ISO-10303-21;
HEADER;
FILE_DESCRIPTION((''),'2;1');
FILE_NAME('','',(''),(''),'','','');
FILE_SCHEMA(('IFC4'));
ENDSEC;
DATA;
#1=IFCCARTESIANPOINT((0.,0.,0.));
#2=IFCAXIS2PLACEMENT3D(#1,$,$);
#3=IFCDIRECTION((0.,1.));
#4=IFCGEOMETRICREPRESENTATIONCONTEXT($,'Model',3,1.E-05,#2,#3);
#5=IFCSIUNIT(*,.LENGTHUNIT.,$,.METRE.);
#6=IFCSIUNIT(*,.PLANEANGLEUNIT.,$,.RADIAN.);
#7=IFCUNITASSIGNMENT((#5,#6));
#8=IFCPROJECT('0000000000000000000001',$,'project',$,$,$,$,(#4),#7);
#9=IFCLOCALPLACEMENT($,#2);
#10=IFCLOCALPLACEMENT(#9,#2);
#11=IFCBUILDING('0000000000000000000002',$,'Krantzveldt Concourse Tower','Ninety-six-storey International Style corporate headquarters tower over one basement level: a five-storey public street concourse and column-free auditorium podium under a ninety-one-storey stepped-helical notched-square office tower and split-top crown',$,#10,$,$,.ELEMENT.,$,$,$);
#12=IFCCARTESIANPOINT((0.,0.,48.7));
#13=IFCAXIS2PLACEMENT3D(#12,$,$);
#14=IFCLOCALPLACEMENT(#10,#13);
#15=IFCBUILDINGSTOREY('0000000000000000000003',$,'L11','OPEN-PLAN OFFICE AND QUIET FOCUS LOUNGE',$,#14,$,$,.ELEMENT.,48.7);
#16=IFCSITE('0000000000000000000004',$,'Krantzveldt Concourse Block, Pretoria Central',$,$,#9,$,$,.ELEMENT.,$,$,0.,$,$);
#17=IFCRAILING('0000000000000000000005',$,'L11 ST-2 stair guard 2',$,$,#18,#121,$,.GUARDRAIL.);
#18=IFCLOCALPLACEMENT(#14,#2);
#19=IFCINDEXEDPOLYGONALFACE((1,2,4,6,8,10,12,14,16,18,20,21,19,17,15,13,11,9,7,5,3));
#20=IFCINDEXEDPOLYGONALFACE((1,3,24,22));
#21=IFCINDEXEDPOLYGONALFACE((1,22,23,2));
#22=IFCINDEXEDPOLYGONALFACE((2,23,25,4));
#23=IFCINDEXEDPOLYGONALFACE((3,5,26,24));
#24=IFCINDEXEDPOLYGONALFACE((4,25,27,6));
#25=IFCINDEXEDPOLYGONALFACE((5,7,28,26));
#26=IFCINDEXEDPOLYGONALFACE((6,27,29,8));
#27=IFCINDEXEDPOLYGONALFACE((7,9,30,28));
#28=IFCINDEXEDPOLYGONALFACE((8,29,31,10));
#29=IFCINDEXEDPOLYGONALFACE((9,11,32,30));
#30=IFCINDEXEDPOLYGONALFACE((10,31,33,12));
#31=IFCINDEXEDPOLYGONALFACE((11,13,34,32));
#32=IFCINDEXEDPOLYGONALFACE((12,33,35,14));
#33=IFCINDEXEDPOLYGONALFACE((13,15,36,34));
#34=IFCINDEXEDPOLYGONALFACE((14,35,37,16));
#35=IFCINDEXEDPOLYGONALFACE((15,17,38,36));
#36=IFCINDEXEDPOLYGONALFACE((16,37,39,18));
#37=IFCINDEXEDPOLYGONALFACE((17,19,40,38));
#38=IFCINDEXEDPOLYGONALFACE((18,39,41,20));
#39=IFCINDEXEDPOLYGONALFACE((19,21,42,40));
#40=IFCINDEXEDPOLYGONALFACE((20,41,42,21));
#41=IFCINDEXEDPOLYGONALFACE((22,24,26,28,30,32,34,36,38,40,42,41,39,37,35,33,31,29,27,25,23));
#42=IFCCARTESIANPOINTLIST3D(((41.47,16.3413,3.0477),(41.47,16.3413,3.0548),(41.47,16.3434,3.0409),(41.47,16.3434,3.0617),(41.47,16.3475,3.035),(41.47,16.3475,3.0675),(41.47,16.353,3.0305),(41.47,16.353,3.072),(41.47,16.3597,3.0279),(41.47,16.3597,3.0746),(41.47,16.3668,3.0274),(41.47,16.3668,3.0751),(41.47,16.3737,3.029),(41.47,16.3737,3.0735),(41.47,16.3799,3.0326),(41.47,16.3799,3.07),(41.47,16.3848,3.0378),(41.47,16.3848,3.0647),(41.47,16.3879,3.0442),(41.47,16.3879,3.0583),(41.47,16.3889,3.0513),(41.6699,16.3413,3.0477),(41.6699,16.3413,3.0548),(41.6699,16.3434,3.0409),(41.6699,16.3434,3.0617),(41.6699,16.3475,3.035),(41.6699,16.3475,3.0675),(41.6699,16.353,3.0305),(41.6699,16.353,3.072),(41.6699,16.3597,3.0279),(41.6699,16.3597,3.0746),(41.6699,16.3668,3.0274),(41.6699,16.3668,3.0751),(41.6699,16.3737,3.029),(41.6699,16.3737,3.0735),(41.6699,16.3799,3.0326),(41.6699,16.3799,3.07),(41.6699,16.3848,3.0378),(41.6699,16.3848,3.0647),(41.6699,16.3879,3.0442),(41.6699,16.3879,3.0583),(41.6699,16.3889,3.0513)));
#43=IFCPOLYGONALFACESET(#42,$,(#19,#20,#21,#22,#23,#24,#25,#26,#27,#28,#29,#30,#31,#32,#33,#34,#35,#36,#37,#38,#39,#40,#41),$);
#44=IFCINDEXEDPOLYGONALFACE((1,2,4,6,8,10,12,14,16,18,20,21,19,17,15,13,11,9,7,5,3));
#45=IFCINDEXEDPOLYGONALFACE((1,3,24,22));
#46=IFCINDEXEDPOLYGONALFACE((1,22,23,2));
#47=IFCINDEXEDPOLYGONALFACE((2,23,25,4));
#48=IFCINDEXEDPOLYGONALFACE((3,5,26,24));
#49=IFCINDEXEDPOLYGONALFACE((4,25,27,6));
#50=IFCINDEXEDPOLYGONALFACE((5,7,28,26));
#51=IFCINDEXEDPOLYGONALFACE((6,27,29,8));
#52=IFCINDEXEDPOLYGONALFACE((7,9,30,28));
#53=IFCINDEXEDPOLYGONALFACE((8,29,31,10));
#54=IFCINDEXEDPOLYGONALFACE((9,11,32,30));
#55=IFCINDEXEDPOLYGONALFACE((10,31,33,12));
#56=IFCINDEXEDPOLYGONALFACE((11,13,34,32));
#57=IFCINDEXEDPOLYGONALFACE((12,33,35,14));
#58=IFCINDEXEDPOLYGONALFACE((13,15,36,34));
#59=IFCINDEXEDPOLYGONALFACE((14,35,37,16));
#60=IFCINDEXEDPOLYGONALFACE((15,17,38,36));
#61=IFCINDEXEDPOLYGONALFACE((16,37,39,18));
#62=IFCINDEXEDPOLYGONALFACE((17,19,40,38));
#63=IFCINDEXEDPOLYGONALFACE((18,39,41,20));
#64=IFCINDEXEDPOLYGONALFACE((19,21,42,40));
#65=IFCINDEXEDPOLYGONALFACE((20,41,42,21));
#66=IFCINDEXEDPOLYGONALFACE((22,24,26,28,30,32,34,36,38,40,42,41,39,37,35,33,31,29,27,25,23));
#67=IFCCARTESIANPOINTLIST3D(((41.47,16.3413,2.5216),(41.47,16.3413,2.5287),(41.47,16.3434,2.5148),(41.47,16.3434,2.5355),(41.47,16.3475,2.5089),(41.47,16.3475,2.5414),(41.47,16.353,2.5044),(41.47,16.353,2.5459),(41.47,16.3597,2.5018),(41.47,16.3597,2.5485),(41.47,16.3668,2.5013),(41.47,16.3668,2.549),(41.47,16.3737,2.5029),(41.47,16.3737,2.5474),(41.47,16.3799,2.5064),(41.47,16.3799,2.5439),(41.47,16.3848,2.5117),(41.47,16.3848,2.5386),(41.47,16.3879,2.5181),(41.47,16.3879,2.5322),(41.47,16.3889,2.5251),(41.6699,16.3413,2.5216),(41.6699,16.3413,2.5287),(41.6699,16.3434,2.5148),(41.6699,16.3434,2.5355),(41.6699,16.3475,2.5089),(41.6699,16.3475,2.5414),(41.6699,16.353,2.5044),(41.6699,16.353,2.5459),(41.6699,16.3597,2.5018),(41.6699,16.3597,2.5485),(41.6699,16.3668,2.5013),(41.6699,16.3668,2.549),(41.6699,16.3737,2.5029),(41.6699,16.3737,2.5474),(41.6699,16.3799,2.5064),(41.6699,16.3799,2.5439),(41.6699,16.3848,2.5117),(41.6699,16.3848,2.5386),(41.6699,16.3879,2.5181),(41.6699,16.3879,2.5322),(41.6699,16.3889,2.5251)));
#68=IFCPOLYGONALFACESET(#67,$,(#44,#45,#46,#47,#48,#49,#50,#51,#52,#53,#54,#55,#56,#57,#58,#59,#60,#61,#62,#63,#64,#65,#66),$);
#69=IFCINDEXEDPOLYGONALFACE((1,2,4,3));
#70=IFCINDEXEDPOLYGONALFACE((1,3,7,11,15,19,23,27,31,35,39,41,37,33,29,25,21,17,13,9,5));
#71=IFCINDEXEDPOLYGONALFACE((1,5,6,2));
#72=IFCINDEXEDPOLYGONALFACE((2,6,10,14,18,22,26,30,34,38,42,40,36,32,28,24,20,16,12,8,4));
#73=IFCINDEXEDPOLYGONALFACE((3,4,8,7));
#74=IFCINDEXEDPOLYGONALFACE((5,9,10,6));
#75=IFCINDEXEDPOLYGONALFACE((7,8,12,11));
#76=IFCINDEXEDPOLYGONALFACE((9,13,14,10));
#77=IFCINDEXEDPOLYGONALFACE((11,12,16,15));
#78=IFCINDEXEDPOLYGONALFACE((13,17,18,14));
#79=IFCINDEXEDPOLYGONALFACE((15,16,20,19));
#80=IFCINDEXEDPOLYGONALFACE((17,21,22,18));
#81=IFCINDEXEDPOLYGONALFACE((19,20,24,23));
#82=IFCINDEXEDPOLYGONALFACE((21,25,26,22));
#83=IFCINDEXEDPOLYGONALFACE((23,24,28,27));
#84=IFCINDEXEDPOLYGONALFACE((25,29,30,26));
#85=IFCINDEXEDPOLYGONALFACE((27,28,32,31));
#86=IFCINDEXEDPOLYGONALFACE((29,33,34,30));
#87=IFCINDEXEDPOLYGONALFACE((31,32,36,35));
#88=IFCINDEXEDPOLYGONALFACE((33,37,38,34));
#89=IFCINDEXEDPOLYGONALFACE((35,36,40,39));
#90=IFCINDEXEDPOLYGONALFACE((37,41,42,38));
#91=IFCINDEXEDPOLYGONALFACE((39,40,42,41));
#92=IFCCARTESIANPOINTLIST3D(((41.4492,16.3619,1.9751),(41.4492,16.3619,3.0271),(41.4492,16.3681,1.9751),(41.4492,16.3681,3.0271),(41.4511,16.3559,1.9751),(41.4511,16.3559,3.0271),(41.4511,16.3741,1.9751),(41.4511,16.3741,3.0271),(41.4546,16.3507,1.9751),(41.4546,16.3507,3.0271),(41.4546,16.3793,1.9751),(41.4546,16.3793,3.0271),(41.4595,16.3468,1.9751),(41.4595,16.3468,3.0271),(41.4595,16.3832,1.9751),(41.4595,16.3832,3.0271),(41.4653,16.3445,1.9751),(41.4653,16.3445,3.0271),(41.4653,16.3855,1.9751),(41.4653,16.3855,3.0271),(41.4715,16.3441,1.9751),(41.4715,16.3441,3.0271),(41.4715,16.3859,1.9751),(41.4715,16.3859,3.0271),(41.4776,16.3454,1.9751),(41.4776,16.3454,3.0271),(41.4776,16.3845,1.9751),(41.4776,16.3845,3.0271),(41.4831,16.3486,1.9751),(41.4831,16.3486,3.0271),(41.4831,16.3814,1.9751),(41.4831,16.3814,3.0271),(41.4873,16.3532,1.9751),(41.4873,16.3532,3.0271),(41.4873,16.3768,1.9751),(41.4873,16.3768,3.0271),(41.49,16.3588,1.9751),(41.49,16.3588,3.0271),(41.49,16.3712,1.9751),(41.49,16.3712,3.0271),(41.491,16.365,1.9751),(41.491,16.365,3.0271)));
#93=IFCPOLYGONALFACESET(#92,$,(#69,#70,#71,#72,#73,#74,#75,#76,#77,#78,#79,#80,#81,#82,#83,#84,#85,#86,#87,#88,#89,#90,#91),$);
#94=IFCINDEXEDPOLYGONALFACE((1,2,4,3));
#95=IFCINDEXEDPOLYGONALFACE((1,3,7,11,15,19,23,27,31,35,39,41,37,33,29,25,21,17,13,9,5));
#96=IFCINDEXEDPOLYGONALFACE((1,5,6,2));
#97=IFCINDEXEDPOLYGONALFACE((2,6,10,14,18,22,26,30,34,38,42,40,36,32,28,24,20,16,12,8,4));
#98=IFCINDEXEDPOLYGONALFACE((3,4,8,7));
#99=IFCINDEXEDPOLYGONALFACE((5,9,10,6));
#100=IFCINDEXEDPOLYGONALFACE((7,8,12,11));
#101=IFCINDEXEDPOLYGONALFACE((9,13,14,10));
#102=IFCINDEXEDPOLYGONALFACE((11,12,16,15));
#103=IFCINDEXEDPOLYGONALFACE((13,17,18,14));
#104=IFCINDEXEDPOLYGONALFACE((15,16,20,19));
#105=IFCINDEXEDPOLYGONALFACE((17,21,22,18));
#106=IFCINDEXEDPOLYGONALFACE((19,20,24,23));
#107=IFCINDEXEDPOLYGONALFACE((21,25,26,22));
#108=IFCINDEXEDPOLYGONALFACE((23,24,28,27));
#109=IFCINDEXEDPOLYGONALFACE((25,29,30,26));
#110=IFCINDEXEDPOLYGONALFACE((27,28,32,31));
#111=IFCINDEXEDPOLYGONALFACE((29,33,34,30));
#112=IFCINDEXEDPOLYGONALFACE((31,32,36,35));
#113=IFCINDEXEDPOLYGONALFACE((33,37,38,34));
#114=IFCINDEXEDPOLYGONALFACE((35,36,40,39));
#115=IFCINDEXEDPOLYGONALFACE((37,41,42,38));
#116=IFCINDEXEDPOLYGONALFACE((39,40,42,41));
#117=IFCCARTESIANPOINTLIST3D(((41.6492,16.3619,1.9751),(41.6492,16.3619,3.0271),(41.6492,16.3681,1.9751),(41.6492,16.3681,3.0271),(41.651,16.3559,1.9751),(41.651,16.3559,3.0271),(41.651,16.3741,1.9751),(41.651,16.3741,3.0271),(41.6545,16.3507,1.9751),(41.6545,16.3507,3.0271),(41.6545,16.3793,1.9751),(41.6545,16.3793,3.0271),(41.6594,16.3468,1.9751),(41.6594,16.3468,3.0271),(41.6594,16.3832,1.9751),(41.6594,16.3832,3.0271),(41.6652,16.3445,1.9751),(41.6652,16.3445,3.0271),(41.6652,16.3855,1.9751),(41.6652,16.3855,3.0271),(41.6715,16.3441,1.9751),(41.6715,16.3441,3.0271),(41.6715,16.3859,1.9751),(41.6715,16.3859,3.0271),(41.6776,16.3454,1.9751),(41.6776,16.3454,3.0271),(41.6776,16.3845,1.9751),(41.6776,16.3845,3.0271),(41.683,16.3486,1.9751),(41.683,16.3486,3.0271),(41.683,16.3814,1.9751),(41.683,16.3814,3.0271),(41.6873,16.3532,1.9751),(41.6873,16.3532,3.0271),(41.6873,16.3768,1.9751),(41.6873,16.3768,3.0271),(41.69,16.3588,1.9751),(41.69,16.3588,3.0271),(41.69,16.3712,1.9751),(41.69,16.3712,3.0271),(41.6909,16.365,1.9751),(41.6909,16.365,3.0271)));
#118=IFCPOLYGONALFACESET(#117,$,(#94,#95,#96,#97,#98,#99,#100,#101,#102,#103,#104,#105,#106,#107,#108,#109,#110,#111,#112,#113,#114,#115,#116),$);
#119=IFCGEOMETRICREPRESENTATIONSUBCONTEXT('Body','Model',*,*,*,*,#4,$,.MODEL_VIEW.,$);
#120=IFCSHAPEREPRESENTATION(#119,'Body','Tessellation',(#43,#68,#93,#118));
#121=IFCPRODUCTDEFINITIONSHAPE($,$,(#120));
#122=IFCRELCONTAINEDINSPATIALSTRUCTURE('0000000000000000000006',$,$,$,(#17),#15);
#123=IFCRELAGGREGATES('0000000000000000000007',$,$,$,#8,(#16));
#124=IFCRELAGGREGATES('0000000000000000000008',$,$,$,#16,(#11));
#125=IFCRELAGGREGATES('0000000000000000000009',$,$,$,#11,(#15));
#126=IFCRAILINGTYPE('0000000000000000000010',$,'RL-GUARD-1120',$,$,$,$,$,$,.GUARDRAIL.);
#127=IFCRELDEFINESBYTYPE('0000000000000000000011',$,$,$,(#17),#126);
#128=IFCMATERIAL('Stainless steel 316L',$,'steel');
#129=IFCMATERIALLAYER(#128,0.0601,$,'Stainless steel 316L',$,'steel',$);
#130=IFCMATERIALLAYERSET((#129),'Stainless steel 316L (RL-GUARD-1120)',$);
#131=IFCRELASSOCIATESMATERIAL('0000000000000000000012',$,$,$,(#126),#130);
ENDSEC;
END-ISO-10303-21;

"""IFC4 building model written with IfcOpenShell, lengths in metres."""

from ifc_helpers import new_model, si_unit, direction, frame, origin, origin_2d, place, context, subcontext, project, spatial, circle, extrude, material, layer, layer_set, type_object, element, save


model = new_model("IFC4")

# Units and contexts
model_context = context("Model", 3, precision=1e-05, world=origin(), true_north=direction((0.0, 1.0)))
body_context = subcontext(model_context, "Body", "Model", "MODEL_VIEW")
ifc_project = project(units=[si_unit("LENGTHUNIT", "METRE"), si_unit("PLANEANGLEUNIT", "RADIAN")], contexts=[model_context])

# Site, building, storey
site_placement = place(None, origin())
site = spatial("IfcSite", under=ifc_project, at=site_placement, Name="Krantzveldt Concourse Block, Pretoria Central", CompositionType="ELEMENT", RefElevation=0.0)
building_placement = place(site_placement, origin())
building = spatial("IfcBuilding", under=site, at=building_placement, Name="Krantzveldt Concourse Tower", Description="Ninety-six-storey International Style corporate headquarters tower over one basement level: a five-storey public street concourse and column-free auditorium podium under a ninety-one-storey stepped-helical notched-square office tower and split-top crown", CompositionType="ELEMENT")
storey_placement = place(building_placement, frame((0.0, 0.0, 48.7)))
storey = spatial("IfcBuildingStorey", under=building, at=storey_placement, Name="L11", Description="OPEN-PLAN OFFICE AND QUIET FOCUS LOUNGE", CompositionType="ELEMENT", Elevation=48.7)

# Shared definitions
ifc_material_1 = material(Name="Stainless steel 316L", Category="steel")

# Railing
ifc_layer_1 = layer(ifc_material_1, 0.0601, Name="Stainless steel 316L", Category="steel")
ifc_layer_set_1 = layer_set([ifc_layer_1], Name="Stainless steel 316L (RL-GUARD-1120)")
railing_type_1 = type_object("IfcRailingType", Name="RL-GUARD-1120", PredefinedType="GUARDRAIL", material=ifc_layer_set_1)
railing_1_placement = place(storey_placement, frame((41.47, 16.365, 1.9751)))
element("IfcRailing", 1, at=railing_1_placement, inside=storey, type_object=railing_type_1, Name="L11 ST-2 stair guard 2", PredefinedType="GUARDRAIL", context=body_context, shape_type="SweptSolid", body=[
    extrude(circle(Radius=0.0239, at=origin_2d()), frame((0.0, 0.0, 1.0762), z_axis=(1.0, 0.0, 0.0), x_axis=(0.0, 1.0, 0.0)), (0.0, 0.0, 1.0), 0.2),
    extrude(circle(Radius=0.0239, at=origin_2d()), frame((0.0, 0.0, 0.55), z_axis=(1.0, 0.0, 0.0), x_axis=(0.0, 1.0, 0.0)), (0.0, 0.0, 1.0), 0.2),
    extrude(circle(Radius=0.021, at=origin_2d()), origin(), (0.0, 0.0, 1.0), 1.052),
    extrude(circle(Radius=0.021, at=origin_2d()), frame((0.2, 0.0, 0.0)), (0.0, 0.0, 1.0), 1.052),
])

save(model, "model.ifc")
